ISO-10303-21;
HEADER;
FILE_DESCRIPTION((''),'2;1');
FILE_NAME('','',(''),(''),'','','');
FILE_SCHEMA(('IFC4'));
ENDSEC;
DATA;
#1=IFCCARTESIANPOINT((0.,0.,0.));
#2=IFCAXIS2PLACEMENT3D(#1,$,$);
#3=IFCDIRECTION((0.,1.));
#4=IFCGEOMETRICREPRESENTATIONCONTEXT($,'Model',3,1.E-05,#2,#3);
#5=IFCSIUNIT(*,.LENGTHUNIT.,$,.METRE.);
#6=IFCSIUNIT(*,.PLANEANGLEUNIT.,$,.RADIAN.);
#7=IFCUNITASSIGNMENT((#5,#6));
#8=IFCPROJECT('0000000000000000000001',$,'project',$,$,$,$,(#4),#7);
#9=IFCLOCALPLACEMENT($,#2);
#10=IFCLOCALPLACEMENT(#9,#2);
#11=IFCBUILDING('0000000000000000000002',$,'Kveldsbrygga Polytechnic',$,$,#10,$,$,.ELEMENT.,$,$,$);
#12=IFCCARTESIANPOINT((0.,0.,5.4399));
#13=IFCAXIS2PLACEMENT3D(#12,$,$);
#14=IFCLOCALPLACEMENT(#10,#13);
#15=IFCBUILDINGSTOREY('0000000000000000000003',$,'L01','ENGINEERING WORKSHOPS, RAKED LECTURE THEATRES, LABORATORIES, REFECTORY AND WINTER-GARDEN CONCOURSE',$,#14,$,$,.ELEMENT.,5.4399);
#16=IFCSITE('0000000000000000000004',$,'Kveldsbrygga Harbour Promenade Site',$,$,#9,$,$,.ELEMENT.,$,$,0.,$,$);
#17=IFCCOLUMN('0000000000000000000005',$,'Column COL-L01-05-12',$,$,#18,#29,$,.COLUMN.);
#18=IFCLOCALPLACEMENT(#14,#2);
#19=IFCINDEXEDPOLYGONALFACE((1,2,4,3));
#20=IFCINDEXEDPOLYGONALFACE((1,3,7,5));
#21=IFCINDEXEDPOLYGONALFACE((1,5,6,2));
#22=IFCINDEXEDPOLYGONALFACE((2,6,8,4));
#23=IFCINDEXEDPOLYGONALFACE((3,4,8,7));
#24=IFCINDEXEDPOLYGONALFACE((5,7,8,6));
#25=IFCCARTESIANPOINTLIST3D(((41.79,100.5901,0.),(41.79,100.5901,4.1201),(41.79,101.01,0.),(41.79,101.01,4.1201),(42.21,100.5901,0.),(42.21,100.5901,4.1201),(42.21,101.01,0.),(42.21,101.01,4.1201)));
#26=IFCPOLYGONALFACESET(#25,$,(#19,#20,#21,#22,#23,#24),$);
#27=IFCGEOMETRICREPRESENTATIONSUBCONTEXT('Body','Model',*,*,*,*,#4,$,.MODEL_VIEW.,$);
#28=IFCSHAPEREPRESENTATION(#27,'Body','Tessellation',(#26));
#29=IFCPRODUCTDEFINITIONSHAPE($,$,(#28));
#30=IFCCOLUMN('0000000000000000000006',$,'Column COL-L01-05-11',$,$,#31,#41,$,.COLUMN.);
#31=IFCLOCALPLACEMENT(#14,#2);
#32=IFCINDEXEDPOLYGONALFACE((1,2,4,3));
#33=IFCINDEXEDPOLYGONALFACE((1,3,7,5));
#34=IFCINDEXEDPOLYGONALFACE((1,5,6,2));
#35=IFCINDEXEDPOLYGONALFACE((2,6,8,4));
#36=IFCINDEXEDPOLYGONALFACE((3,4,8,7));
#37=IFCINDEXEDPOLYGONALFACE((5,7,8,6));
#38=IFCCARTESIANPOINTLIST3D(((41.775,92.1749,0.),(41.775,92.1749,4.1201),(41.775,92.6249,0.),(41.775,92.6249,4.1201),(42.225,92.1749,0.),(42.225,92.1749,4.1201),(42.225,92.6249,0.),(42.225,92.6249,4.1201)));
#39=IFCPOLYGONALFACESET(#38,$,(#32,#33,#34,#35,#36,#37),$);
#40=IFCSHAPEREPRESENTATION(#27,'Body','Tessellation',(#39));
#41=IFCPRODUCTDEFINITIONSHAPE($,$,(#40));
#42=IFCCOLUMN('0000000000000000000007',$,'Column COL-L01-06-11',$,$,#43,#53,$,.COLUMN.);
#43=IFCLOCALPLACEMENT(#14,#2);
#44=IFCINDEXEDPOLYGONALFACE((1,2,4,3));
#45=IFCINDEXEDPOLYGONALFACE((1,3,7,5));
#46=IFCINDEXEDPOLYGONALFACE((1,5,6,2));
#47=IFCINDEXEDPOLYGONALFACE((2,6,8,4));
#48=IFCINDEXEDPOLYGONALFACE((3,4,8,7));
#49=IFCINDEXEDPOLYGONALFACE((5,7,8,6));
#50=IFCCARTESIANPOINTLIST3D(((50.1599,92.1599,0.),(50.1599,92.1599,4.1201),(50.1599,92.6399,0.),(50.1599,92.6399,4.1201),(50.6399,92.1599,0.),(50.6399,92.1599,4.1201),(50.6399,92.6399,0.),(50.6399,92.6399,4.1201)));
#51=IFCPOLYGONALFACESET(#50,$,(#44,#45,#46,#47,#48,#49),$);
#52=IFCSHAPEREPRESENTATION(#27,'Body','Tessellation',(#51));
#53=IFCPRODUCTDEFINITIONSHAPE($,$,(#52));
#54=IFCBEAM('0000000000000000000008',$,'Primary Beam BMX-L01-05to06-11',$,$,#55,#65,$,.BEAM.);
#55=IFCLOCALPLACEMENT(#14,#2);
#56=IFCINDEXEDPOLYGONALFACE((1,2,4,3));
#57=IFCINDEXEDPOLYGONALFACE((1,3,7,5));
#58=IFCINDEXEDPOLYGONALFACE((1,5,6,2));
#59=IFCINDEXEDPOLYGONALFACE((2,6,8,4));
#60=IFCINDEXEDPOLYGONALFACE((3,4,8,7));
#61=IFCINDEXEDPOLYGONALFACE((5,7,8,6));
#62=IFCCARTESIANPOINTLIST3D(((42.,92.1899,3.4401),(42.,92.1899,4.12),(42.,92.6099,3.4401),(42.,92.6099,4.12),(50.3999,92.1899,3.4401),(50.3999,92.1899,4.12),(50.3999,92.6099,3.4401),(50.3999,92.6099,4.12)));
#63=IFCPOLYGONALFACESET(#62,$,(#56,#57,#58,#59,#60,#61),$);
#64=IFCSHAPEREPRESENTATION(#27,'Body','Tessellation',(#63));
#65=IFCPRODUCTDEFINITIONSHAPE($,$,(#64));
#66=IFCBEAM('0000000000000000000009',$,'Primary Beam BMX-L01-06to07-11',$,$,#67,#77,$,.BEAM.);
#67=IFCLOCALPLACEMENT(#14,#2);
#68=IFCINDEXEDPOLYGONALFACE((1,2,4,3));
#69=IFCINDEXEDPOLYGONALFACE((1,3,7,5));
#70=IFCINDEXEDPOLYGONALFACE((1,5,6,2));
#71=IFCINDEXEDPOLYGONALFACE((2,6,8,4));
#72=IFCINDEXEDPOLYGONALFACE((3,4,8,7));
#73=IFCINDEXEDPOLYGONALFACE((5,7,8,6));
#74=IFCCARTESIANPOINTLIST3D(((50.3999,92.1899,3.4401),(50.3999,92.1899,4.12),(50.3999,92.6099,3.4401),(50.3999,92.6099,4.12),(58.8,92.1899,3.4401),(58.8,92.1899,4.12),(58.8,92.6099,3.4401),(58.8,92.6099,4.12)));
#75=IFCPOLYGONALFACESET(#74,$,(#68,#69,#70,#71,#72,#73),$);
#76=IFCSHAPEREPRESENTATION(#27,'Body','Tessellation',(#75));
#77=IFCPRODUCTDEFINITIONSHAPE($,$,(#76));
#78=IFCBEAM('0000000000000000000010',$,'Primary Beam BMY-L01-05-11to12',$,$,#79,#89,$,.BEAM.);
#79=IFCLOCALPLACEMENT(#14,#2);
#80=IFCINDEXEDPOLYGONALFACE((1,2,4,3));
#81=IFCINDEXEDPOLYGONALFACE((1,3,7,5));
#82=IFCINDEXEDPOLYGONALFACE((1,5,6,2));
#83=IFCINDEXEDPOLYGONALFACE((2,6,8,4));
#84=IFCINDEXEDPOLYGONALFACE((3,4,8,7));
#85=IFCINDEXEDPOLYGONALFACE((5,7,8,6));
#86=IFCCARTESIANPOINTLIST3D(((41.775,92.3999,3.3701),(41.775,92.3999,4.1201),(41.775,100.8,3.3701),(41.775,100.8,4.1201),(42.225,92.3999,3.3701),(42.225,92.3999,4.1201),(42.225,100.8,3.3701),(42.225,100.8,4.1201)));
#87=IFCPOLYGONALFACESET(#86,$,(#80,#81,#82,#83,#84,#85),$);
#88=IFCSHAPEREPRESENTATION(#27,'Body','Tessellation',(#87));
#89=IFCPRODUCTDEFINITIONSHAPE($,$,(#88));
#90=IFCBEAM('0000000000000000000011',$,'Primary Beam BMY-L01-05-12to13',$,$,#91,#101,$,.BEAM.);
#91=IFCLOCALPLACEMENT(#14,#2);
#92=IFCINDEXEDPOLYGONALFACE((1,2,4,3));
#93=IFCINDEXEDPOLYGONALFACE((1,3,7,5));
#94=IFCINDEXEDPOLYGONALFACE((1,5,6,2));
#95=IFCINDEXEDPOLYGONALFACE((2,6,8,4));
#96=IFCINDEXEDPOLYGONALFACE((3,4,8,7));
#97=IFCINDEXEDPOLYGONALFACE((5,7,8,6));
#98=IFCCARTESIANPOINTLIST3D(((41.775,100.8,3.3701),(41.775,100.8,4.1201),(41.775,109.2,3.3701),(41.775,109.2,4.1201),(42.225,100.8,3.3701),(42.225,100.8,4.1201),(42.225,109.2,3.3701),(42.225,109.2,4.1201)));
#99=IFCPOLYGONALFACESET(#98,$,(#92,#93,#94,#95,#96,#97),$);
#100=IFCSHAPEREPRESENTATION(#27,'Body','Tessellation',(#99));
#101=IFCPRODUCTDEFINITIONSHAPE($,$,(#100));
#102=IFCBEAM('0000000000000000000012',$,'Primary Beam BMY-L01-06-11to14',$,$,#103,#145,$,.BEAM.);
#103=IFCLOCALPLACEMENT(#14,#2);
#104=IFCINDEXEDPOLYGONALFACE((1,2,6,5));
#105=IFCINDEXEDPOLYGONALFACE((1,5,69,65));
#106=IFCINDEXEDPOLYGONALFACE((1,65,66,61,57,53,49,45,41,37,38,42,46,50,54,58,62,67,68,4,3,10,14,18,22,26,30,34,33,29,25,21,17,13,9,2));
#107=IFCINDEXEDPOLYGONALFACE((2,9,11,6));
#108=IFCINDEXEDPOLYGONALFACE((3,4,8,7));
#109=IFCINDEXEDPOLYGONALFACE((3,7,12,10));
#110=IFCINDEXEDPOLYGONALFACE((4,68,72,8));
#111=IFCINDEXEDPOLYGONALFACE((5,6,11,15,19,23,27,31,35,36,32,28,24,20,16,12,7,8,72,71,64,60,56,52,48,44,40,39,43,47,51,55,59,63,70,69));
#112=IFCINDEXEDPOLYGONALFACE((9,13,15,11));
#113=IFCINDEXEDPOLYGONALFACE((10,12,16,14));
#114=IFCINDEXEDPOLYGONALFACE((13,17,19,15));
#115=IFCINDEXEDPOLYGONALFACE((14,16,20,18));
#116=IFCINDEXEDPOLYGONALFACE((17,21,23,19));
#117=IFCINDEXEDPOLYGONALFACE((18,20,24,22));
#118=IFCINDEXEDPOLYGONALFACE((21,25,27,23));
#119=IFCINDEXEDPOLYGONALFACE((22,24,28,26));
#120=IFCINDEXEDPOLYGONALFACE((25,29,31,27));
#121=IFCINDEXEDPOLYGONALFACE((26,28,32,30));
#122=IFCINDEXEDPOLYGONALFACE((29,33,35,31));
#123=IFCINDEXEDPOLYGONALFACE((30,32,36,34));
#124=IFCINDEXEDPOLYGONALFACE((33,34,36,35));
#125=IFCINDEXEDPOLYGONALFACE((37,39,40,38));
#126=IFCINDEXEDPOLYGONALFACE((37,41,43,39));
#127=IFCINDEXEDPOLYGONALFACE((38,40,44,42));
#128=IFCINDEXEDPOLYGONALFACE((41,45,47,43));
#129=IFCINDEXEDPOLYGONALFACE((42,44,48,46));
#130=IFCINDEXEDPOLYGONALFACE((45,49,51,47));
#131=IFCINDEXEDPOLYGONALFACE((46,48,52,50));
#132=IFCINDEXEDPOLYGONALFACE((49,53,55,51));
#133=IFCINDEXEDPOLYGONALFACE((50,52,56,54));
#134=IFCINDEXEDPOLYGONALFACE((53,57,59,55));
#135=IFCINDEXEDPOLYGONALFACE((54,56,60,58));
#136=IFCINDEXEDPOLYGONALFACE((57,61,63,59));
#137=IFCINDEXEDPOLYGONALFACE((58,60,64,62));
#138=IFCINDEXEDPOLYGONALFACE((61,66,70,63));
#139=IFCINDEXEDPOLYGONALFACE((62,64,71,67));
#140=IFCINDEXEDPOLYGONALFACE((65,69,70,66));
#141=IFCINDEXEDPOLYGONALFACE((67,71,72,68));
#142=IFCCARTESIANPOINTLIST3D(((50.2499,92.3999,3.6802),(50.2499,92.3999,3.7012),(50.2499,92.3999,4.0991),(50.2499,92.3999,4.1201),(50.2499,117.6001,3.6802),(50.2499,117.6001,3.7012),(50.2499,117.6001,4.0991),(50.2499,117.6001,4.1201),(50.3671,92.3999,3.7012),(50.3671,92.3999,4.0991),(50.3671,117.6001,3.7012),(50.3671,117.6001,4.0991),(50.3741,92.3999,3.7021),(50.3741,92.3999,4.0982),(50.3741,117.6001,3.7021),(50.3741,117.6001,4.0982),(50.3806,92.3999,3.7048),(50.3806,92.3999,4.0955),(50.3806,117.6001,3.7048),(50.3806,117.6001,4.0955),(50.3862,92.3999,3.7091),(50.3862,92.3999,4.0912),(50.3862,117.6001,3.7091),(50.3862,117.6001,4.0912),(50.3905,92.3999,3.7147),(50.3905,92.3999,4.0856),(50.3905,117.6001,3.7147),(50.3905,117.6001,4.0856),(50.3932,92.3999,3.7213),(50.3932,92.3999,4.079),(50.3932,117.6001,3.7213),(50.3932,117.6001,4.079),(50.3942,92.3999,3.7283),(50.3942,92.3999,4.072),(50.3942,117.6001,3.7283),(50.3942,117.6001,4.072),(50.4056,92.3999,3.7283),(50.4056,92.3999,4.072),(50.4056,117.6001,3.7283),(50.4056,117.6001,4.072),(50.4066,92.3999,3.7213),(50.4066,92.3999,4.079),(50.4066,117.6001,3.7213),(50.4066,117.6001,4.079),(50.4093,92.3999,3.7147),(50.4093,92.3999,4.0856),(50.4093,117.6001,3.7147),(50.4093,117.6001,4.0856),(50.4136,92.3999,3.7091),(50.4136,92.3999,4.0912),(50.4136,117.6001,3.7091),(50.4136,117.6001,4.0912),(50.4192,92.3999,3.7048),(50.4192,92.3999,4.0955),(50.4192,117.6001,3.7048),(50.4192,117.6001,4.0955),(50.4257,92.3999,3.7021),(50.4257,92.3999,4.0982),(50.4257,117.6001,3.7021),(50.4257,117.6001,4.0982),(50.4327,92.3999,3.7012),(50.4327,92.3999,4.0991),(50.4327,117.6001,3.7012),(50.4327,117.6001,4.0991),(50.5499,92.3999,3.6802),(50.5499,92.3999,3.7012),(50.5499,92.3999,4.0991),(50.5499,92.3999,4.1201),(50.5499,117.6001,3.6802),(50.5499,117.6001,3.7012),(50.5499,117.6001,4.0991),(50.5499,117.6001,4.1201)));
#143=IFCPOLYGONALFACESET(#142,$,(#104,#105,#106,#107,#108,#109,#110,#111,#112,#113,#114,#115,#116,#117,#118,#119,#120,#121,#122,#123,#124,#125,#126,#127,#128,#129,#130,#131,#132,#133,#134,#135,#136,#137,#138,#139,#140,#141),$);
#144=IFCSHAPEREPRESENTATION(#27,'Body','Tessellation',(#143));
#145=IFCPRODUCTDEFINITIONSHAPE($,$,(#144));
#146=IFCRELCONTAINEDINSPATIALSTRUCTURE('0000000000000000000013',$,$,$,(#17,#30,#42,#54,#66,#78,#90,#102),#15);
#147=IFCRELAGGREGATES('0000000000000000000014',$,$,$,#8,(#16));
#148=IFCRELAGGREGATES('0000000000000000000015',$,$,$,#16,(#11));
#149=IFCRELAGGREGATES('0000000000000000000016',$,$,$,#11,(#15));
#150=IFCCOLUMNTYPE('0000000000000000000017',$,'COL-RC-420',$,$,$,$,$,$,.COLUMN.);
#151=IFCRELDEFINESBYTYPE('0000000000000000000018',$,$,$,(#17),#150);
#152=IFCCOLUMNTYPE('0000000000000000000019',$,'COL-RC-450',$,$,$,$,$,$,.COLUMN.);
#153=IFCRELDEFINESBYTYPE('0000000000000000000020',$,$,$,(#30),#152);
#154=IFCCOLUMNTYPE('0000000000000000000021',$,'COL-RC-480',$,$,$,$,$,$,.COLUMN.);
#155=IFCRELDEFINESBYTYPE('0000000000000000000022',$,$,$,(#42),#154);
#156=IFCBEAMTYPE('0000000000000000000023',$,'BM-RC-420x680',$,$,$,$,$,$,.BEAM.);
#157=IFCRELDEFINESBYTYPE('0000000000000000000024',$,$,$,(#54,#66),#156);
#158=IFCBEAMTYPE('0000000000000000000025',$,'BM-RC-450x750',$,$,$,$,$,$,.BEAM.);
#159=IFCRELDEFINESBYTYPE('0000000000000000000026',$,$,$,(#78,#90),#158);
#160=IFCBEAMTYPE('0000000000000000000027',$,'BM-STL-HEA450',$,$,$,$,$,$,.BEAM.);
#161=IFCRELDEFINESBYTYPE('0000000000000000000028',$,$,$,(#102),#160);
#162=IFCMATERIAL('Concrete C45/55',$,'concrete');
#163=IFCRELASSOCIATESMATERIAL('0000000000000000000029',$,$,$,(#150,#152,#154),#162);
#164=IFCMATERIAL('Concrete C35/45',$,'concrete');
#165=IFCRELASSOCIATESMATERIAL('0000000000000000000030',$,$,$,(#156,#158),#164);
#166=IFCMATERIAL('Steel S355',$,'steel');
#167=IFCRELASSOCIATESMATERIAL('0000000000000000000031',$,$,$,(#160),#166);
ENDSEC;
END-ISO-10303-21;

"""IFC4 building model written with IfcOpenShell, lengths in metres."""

from ifc_helpers import new_model, si_unit, direction, frame, origin, origin_2d, place, context, subcontext, project, spatial, rectangle, i_section, extrude, material, material_profile, profile_set, type_object, element, save


model = new_model("IFC4")

# Units and contexts
model_context = context("Model", 3, precision=1e-05, world=origin(), true_north=direction((0.0, 1.0)))
body_context = subcontext(model_context, "Body", "Model", "MODEL_VIEW")
ifc_project = project(units=[si_unit("LENGTHUNIT", "METRE"), si_unit("PLANEANGLEUNIT", "RADIAN")], contexts=[model_context])

# Site, building, storey
site_placement = place(None, origin())
site = spatial("IfcSite", under=ifc_project, at=site_placement, Name="Kveldsbrygga Harbour Promenade Site", CompositionType="ELEMENT", RefElevation=0.0)
building_placement = place(site_placement, origin())
building = spatial("IfcBuilding", under=site, at=building_placement, Name="Kveldsbrygga Polytechnic", CompositionType="ELEMENT")
storey_placement = place(building_placement, frame((0.0, 0.0, 5.4399)))
storey = spatial("IfcBuildingStorey", under=building, at=storey_placement, Name="L01", Description="ENGINEERING WORKSHOPS, RAKED LECTURE THEATRES, LABORATORIES, REFECTORY AND WINTER-GARDEN CONCOURSE", CompositionType="ELEMENT", Elevation=5.4399)

# Columns
ifc_material_1 = material(Name="Concrete C45/55", Category="concrete")
ifc_material_profile_1 = material_profile(ifc_material_1, rectangle(XDim=0.4199, YDim=0.4199, at=origin_2d()), Name="RC 420x420")
ifc_profile_set_1 = profile_set([ifc_material_profile_1], Name="Concrete C45/55")
column_type_1 = type_object("IfcColumnType", Name="COL-RC-420", PredefinedType="COLUMN", material=ifc_profile_set_1)
column_1_placement = place(storey_placement, frame((42.0, 100.8, 0.0), z_axis=(0.0, 0.0, 1.0), x_axis=(1.0, 0.0, 0.0)))
element("IfcColumn", 1, at=column_1_placement, inside=storey, type_object=column_type_1, Name="Column COL-L01-05-12", PredefinedType="COLUMN", context=body_context, shape_type="SweptSolid", body=[
    extrude(rectangle(XDim=0.4199, YDim=0.4199, at=origin_2d()), origin(), (0.0, 0.0, 1.0), 4.1201),
])
ifc_material_profile_2 = material_profile(ifc_material_1, rectangle(XDim=0.45, YDim=0.45, at=origin_2d()), Name="RC 450x450")
ifc_profile_set_2 = profile_set([ifc_material_profile_2], Name="Concrete C45/55")
column_type_2 = type_object("IfcColumnType", Name="COL-RC-450", PredefinedType="COLUMN", material=ifc_profile_set_2)
column_2_placement = place(storey_placement, frame((42.0, 92.3999, 0.0), z_axis=(0.0, 0.0, 1.0), x_axis=(1.0, 0.0, 0.0)))
element("IfcColumn", 2, at=column_2_placement, inside=storey, type_object=column_type_2, Name="Column COL-L01-05-11", PredefinedType="COLUMN", context=body_context, shape_type="SweptSolid", body=[
    extrude(rectangle(XDim=0.45, YDim=0.45, at=origin_2d()), origin(), (0.0, 0.0, 1.0), 4.1201),
])
ifc_material_profile_3 = material_profile(ifc_material_1, rectangle(XDim=0.48, YDim=0.48, at=origin_2d()), Name="RC 480x480")
ifc_profile_set_3 = profile_set([ifc_material_profile_3], Name="Concrete C45/55")
column_type_3 = type_object("IfcColumnType", Name="COL-RC-480", PredefinedType="COLUMN", material=ifc_profile_set_3)
column_3_placement = place(storey_placement, frame((50.3999, 92.3999, 0.0), z_axis=(0.0, 0.0, 1.0), x_axis=(1.0, 0.0, 0.0)))
element("IfcColumn", 3, at=column_3_placement, inside=storey, type_object=column_type_3, Name="Column COL-L01-06-11", PredefinedType="COLUMN", context=body_context, shape_type="SweptSolid", body=[
    extrude(rectangle(XDim=0.48, YDim=0.48, at=origin_2d()), origin(), (0.0, 0.0, 1.0), 4.1201),
])

# Beams
ifc_material_2 = material(Name="Concrete C35/45", Category="concrete")
ifc_material_profile_4 = material_profile(ifc_material_2, rectangle(XDim=0.4199, YDim=0.6799, at=origin_2d()), Name="RC 420x680")
ifc_profile_set_4 = profile_set([ifc_material_profile_4], Name="Concrete C35/45")
beam_type_1 = type_object("IfcBeamType", Name="BM-RC-420x680", PredefinedType="BEAM", material=ifc_profile_set_4)
beam_1_placement = place(storey_placement, frame((42.0, 92.3999, 3.78), z_axis=(1.0, 0.0, 0.0), x_axis=(0.0, 1.0, 0.0)))
element("IfcBeam", 4, at=beam_1_placement, inside=storey, type_object=beam_type_1, Name="Primary Beam BMX-L01-05to06-11", PredefinedType="BEAM", context=body_context, shape_type="SweptSolid", body=[
    extrude(rectangle(XDim=0.4199, YDim=0.6799, at=origin_2d()), origin(), (0.0, 0.0, 1.0), 8.3999),
])
beam_2_placement = place(storey_placement, frame((50.3999, 92.3999, 3.78), z_axis=(1.0, 0.0, 0.0), x_axis=(0.0, 1.0, 0.0)))
element("IfcBeam", 5, at=beam_2_placement, inside=storey, type_object=beam_type_1, Name="Primary Beam BMX-L01-06to07-11", PredefinedType="BEAM", context=body_context, shape_type="SweptSolid", body=[
    extrude(rectangle(XDim=0.4199, YDim=0.6799, at=origin_2d()), origin(), (0.0, 0.0, 1.0), 8.4001),
])
ifc_material_profile_5 = material_profile(ifc_material_2, rectangle(XDim=0.45, YDim=0.75, at=origin_2d()), Name="RC 450x750")
ifc_profile_set_5 = profile_set([ifc_material_profile_5], Name="Concrete C35/45")
beam_type_2 = type_object("IfcBeamType", Name="BM-RC-450x750", PredefinedType="BEAM", material=ifc_profile_set_5)
beam_3_placement = place(storey_placement, frame((42.0, 92.3999, 3.7451), z_axis=(0.0, 1.0, 0.0), x_axis=(-1.0, 0.0, 0.0)))
element("IfcBeam", 6, at=beam_3_placement, inside=storey, type_object=beam_type_2, Name="Primary Beam BMY-L01-05-11to12", PredefinedType="BEAM", context=body_context, shape_type="SweptSolid", body=[
    extrude(rectangle(XDim=0.45, YDim=0.75, at=origin_2d()), origin(), (0.0, 0.0, 1.0), 8.4001),
])
beam_4_placement = place(storey_placement, frame((42.0, 100.8, 3.7451), z_axis=(0.0, 1.0, 0.0), x_axis=(-1.0, 0.0, 0.0)))
element("IfcBeam", 7, at=beam_4_placement, inside=storey, type_object=beam_type_2, Name="Primary Beam BMY-L01-05-12to13", PredefinedType="BEAM", context=body_context, shape_type="SweptSolid", body=[
    extrude(rectangle(XDim=0.45, YDim=0.75, at=origin_2d()), origin(), (0.0, 0.0, 1.0), 8.3999),
])
ifc_material_3 = material(Name="Steel S355", Category="steel")
ifc_material_profile_6 = material_profile(ifc_material_3, i_section(OverallWidth=0.3, OverallDepth=0.4399, WebThickness=0.0115, FlangeThickness=0.021, FilletRadius=0.0271, at=origin_2d()), Name="HEA 450")
ifc_profile_set_6 = profile_set([ifc_material_profile_6], Name="Steel S355")
beam_type_3 = type_object("IfcBeamType", Name="BM-STL-HEA450", PredefinedType="BEAM", material=ifc_profile_set_6)
beam_5_placement = place(storey_placement, frame((50.3999, 92.3999, 3.9001), z_axis=(0.0, 1.0, 0.0), x_axis=(-1.0, 0.0, 0.0)))
element("IfcBeam", 8, at=beam_5_placement, inside=storey, type_object=beam_type_3, Name="Primary Beam BMY-L01-06-11to14", PredefinedType="BEAM", context=body_context, shape_type="SweptSolid", body=[
    extrude(i_section(OverallWidth=0.3, OverallDepth=0.4399, WebThickness=0.0115, FlangeThickness=0.021, FilletRadius=0.0271, at=origin_2d()), origin(), (0.0, 0.0, 1.0), 25.2002),
])

save(model, "model.ifc")
